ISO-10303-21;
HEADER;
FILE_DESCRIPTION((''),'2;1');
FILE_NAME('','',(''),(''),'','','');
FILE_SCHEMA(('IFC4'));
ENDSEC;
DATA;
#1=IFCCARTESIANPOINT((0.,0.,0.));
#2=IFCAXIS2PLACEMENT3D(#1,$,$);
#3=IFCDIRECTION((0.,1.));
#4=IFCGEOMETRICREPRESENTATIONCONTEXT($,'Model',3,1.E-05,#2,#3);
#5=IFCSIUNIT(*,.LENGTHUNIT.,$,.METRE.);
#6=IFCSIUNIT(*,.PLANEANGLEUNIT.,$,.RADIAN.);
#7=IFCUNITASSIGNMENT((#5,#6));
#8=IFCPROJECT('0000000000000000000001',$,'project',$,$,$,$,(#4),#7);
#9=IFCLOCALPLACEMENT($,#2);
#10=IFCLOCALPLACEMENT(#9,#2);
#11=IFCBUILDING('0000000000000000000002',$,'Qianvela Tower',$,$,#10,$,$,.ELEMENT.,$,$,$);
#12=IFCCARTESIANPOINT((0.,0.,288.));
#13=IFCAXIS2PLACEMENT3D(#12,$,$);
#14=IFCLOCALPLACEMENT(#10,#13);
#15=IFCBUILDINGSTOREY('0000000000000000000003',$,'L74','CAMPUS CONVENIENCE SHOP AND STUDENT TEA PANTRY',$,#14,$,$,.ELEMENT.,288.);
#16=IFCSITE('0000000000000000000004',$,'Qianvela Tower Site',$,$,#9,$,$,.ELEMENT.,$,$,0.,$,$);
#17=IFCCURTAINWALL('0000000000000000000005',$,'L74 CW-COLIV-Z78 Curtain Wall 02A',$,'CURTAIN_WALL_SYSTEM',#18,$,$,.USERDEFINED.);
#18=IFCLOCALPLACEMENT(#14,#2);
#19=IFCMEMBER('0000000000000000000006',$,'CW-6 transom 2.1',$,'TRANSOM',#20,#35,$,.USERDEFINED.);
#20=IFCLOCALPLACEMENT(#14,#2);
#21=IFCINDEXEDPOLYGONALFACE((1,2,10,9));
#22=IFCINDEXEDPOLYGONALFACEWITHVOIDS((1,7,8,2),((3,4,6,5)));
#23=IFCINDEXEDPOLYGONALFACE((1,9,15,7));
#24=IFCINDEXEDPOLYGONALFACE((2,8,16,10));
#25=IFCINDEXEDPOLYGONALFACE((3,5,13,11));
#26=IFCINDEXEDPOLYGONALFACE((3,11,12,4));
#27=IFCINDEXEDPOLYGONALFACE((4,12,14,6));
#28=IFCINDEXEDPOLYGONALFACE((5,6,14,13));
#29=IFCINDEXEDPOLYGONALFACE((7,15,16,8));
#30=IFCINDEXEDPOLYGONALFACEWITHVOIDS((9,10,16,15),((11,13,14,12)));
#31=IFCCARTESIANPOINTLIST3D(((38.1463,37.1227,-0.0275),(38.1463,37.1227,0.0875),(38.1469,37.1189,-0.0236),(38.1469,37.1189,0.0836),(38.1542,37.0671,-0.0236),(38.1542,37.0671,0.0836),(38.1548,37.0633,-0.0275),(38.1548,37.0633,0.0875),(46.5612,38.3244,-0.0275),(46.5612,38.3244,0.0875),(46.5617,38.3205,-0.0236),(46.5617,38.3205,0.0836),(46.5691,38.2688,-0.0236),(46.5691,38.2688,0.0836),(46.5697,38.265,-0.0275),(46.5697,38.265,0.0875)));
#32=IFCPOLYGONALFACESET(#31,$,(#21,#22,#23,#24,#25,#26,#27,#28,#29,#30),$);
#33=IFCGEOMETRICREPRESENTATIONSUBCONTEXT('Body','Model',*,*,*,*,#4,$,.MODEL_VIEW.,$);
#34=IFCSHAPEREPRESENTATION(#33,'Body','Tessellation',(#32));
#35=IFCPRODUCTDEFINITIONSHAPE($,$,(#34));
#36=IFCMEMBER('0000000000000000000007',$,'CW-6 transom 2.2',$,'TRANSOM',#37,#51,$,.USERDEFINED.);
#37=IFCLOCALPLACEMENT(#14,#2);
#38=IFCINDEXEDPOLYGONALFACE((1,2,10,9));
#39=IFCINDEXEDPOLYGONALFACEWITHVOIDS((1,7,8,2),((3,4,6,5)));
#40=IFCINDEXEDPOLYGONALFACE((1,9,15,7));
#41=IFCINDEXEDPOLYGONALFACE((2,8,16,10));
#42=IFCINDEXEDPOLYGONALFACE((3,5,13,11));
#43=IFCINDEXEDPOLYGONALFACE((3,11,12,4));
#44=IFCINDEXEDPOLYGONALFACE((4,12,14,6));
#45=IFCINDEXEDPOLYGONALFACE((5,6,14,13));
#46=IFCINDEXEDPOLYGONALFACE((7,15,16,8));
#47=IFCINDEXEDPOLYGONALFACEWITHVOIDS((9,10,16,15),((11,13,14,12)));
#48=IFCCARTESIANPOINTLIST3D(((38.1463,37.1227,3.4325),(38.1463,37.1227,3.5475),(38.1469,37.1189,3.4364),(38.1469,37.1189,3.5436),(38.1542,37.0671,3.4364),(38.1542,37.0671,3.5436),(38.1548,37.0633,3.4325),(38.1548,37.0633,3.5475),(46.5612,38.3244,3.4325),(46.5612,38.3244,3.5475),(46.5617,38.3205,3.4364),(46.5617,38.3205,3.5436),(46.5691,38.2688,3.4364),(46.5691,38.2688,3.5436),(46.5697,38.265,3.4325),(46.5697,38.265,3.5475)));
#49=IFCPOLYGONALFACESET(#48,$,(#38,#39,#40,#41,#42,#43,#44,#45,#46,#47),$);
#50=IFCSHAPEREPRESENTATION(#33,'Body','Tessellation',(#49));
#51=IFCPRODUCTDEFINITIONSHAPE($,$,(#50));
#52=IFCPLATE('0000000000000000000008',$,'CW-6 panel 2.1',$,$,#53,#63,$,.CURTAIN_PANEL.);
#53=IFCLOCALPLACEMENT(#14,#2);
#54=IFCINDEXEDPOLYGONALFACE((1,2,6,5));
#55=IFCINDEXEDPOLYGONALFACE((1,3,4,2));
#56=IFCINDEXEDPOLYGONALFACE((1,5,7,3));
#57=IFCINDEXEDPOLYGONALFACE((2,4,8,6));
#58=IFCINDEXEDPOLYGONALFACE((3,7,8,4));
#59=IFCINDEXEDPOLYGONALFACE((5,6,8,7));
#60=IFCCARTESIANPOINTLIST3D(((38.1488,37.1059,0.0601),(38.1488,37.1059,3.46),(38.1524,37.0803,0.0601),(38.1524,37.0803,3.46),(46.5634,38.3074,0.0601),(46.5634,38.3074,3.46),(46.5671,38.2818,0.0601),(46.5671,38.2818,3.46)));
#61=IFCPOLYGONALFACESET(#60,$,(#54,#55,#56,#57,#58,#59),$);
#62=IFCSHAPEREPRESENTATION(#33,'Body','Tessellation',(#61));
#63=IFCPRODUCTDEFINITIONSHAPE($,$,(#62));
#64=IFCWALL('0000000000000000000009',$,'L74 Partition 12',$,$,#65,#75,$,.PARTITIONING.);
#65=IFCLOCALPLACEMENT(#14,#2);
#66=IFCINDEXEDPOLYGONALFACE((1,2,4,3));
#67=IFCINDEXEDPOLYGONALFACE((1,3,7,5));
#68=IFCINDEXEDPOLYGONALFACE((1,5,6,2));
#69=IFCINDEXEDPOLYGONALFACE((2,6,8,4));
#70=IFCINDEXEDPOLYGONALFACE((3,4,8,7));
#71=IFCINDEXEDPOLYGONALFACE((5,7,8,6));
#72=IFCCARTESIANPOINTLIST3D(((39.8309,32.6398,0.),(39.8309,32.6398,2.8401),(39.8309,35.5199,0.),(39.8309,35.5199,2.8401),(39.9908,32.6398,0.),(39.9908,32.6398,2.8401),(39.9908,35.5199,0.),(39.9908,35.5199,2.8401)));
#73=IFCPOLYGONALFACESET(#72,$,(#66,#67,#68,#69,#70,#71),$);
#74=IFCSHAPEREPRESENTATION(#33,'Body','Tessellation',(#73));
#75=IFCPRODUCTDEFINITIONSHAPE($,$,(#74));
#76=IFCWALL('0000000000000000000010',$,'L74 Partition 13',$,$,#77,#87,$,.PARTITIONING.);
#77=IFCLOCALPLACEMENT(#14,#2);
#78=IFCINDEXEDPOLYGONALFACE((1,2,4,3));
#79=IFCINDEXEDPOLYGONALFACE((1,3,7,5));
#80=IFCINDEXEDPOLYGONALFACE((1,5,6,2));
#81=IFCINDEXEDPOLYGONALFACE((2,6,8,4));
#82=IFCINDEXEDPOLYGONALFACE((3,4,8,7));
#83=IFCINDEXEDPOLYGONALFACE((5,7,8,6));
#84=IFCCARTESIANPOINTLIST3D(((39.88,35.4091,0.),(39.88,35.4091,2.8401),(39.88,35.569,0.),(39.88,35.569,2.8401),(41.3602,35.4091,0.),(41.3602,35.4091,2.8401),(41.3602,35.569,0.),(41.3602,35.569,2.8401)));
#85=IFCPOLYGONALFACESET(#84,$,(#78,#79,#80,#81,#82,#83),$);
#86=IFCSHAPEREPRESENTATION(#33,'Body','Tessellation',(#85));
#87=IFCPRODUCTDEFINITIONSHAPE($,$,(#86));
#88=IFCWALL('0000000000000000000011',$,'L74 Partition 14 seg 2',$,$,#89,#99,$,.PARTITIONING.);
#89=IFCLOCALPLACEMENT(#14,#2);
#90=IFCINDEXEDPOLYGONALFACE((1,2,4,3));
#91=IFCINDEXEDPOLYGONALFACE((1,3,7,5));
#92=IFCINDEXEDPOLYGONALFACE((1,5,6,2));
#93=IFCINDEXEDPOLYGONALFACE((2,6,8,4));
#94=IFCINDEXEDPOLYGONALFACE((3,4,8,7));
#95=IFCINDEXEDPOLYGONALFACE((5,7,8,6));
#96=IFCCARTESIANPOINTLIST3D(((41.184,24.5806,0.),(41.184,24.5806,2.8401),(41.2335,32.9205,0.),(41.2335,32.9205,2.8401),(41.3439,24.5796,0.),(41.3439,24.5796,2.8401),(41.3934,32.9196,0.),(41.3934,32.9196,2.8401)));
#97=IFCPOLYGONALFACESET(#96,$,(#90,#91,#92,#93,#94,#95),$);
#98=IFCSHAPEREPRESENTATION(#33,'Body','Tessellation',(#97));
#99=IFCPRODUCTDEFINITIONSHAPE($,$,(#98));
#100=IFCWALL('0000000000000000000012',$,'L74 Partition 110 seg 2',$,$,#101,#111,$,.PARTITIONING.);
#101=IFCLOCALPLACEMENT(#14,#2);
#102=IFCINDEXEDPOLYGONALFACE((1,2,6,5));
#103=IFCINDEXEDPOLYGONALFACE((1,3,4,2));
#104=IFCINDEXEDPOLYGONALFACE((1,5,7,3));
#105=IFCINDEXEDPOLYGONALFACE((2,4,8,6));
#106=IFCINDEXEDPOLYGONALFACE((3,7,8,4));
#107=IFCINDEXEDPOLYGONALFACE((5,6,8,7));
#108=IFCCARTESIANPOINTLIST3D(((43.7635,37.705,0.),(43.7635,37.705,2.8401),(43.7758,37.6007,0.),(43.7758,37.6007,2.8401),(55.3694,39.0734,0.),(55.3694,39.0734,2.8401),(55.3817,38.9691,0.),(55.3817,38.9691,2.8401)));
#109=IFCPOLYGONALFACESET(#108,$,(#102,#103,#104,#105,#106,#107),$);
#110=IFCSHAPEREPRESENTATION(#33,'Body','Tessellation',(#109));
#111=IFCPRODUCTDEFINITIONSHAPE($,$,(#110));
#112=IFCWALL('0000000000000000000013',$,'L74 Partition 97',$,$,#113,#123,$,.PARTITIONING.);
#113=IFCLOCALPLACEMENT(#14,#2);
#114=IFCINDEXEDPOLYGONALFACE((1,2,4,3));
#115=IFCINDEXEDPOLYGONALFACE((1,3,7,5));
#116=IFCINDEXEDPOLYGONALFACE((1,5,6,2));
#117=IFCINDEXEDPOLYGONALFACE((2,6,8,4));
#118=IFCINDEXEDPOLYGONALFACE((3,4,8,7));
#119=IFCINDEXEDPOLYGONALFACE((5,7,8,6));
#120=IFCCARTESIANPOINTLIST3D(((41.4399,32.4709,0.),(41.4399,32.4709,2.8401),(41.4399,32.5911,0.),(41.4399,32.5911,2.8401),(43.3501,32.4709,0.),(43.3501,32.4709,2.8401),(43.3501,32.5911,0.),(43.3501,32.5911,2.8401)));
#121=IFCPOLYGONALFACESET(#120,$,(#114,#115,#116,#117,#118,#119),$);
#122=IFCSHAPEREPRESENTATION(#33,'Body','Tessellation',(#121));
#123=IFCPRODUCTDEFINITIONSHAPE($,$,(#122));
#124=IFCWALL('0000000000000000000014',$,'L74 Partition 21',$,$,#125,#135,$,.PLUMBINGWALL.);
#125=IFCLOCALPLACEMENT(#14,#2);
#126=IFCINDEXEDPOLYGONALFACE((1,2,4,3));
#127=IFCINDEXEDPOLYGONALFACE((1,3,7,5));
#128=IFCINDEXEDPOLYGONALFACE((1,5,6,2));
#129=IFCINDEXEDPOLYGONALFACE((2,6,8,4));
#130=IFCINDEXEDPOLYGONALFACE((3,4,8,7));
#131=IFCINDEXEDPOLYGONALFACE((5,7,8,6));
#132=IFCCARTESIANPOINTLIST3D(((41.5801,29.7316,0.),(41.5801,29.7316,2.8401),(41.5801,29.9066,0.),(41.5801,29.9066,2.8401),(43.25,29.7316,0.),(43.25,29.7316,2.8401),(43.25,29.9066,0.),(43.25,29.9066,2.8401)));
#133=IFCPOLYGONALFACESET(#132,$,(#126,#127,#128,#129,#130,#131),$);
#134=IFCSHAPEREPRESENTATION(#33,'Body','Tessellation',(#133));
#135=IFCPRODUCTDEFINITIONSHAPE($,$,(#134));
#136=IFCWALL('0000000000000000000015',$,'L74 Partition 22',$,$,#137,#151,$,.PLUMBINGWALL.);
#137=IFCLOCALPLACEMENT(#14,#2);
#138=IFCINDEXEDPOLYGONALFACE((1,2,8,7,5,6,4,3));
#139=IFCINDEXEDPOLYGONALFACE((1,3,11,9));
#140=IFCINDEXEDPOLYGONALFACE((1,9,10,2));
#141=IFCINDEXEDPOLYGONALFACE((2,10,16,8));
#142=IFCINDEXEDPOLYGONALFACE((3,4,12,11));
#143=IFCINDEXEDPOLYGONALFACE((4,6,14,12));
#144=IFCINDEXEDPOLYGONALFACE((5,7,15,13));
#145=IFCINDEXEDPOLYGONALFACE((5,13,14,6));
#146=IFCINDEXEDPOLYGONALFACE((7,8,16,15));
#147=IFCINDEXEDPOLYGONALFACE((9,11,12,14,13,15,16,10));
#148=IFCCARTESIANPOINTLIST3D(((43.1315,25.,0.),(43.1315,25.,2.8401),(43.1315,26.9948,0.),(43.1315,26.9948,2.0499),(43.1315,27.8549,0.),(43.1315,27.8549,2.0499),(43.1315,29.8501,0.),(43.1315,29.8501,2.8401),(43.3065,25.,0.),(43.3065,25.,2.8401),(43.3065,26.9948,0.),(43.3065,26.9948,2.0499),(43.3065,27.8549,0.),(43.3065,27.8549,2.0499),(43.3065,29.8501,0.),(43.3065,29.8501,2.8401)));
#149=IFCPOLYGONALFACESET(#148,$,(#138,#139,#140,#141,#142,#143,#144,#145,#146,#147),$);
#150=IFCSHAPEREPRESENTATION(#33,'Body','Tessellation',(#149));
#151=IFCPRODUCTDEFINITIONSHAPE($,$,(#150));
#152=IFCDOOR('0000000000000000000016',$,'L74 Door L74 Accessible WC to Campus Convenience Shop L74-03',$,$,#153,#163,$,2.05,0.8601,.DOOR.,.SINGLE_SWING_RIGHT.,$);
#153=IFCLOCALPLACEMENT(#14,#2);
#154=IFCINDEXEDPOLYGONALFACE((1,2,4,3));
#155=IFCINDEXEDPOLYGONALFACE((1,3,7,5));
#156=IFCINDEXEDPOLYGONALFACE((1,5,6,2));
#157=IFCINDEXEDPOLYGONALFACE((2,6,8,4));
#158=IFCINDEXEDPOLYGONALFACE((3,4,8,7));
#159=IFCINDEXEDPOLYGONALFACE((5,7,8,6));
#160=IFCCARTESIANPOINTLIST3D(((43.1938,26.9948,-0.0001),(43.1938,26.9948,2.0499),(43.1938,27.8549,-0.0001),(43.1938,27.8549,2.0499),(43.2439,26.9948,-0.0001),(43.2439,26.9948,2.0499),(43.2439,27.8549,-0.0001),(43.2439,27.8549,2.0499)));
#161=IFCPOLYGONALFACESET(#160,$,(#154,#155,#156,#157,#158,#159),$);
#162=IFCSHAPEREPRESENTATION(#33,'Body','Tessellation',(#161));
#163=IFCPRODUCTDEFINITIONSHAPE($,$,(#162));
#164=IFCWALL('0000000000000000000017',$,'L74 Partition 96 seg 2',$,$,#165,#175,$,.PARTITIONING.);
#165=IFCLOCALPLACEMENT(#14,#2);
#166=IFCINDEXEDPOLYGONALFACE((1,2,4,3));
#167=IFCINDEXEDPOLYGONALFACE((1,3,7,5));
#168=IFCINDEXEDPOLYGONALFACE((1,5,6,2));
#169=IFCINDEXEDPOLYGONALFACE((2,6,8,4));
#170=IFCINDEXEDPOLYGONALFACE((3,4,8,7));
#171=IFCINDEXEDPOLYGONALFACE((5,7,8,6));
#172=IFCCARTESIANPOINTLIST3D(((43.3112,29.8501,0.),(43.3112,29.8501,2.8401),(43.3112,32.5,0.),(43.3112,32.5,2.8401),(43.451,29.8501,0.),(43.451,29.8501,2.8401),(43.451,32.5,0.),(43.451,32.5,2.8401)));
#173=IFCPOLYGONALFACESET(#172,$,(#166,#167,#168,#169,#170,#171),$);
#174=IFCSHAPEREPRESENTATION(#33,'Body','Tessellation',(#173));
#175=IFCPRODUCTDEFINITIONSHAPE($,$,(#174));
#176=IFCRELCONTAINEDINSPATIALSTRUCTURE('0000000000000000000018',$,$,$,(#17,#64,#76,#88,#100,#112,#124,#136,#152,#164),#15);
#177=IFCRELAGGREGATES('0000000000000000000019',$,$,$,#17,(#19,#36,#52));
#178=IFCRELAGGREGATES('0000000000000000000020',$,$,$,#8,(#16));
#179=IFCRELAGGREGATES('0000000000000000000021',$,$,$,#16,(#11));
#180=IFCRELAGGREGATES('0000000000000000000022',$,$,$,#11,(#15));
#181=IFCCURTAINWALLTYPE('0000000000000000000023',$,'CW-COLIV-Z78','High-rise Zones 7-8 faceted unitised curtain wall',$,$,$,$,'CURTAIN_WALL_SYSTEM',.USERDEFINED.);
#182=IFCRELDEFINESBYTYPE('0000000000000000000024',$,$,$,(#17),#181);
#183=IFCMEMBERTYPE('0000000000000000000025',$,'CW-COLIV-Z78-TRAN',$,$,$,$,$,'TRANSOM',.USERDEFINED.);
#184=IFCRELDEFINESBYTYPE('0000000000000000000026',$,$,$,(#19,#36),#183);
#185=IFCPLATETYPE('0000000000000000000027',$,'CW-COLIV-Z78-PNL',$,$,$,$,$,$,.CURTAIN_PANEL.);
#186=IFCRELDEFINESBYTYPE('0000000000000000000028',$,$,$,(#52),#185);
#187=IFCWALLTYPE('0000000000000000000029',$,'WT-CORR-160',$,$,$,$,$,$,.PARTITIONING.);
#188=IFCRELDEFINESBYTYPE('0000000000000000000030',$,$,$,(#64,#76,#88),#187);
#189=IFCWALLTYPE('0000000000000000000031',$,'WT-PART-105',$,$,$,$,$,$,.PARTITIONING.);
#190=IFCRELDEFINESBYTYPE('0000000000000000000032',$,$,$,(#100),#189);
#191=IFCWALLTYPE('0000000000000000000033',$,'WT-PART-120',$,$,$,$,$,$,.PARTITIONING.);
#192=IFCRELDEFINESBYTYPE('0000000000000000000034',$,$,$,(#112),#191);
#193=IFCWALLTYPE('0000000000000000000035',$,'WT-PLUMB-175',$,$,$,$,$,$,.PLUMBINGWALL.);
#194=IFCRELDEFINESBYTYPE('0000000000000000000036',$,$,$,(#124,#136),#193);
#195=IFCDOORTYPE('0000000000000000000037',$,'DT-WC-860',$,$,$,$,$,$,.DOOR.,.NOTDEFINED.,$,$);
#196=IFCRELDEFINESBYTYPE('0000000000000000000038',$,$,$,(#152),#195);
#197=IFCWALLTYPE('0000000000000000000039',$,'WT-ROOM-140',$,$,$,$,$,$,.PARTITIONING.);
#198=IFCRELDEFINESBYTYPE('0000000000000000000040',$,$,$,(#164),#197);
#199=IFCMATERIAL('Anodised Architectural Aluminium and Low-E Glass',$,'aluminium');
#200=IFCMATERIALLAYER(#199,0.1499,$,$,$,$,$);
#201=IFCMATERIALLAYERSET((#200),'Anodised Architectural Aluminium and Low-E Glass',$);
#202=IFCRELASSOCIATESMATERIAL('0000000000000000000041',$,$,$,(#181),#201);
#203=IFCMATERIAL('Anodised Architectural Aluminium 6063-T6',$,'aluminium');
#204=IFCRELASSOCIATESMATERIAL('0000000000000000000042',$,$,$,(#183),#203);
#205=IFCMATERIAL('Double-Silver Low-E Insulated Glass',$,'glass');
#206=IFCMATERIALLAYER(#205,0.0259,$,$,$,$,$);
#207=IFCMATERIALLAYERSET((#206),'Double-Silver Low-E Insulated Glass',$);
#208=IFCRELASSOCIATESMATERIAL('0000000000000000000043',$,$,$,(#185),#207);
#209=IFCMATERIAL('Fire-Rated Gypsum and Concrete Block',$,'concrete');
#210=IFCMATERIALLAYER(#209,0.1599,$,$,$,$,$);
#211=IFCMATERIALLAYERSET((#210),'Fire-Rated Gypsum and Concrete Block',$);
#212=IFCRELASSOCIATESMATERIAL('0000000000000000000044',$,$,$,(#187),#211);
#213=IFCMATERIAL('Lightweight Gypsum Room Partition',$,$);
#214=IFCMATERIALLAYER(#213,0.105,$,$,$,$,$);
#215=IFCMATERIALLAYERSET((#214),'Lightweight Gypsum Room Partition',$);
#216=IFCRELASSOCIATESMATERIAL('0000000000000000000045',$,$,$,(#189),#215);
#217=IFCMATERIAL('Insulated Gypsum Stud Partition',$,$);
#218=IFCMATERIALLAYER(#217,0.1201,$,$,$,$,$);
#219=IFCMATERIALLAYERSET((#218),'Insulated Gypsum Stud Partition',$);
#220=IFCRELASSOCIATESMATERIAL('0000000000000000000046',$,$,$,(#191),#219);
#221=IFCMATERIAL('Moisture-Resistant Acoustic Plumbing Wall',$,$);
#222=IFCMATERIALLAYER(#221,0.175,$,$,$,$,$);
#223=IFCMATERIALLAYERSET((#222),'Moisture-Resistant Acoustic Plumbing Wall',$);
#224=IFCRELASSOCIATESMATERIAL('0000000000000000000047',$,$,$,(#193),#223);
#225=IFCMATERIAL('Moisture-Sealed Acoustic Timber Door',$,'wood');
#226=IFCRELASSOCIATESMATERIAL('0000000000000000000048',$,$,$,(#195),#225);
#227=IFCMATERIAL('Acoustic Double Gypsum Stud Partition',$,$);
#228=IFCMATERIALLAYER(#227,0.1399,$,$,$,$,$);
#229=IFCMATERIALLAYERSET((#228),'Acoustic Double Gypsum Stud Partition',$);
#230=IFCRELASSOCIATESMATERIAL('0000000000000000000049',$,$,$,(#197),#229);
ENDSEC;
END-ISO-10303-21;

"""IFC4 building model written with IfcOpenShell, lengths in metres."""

from ifc_helpers import new_model, si_unit, direction, frame, frame_2d, origin, origin_2d, place, context, subcontext, project, spatial, rectangle, hollow_rectangle, extrude, material, layer, layer_set, material_profile, profile_set, type_object, element, fill, aggregate, save


model = new_model("IFC4")

# Units and contexts
model_context = context("Model", 3, precision=1e-05, world=origin(), true_north=direction((0.0, 1.0)))
body_context = subcontext(model_context, "Body", "Model", "MODEL_VIEW")
ifc_project = project(units=[si_unit("LENGTHUNIT", "METRE"), si_unit("PLANEANGLEUNIT", "RADIAN")], contexts=[model_context])

# Site, building, storey
site_placement = place(None, origin())
site = spatial("IfcSite", under=ifc_project, at=site_placement, Name="Qianvela Tower Site", CompositionType="ELEMENT", RefElevation=0.0)
building_placement = place(site_placement, origin())
building = spatial("IfcBuilding", under=site, at=building_placement, Name="Qianvela Tower", CompositionType="ELEMENT")
storey_placement = place(building_placement, frame((0.0, 0.0, 288.0)))
storey = spatial("IfcBuildingStorey", under=building, at=storey_placement, Name="L74", Description="CAMPUS CONVENIENCE SHOP AND STUDENT TEA PANTRY", CompositionType="ELEMENT", Elevation=288.0)

# Curtain wall, members, plate
ifc_material_1 = material(Name="Anodised Architectural Aluminium and Low-E Glass", Category="aluminium")
ifc_layer_1 = layer(ifc_material_1, 0.1499)
ifc_layer_set_1 = layer_set([ifc_layer_1], Name="Anodised Architectural Aluminium and Low-E Glass")
curtain_wall_type = type_object("IfcCurtainWallType", Name="CW-COLIV-Z78", Description="High-rise Zones 7-8 faceted unitised curtain wall", ElementType="CURTAIN_WALL_SYSTEM", PredefinedType="USERDEFINED", material=ifc_layer_set_1)
curtain_wall_placement = place(storey_placement, origin())
curtain_wall = element("IfcCurtainWall", 1, at=curtain_wall_placement, inside=storey, type_object=curtain_wall_type, Name="L74 CW-COLIV-Z78 Curtain Wall 02A", ObjectType="CURTAIN_WALL_SYSTEM", PredefinedType="USERDEFINED")
ifc_material_2 = material(Name="Anodised Architectural Aluminium 6063-T6", Category="aluminium")
ifc_material_profile = material_profile(ifc_material_2, hollow_rectangle(XDim=0.0601, YDim=0.115, WallThickness=0.0039, at=origin_2d()), Name="ALU-TRAN-60x115")
ifc_profile_set = profile_set([ifc_material_profile], Name="Anodised Architectural Aluminium 6063-T6")
member_type = type_object("IfcMemberType", Name="CW-COLIV-Z78-TRAN", ElementType="TRANSOM", PredefinedType="USERDEFINED", material=ifc_profile_set)
member_1_placement = place(storey_placement, frame((46.5654, 38.2947, 0.03), z_axis=(-0.989957, -0.141369, 0.0), x_axis=(0.141369, -0.989957, 0.0)))
member_1 = element("IfcMember", 2, at=member_1_placement, type_object=member_type, Name="CW-6 transom 2.1", ObjectType="TRANSOM", PredefinedType="USERDEFINED", context=body_context, shape_type="SweptSolid", body=[
    extrude(hollow_rectangle(XDim=0.0601, YDim=0.115, WallThickness=0.0039, at=origin_2d()), origin(), (0.0, 0.0, 1.0), 8.5002),
])
member_2_placement = place(storey_placement, frame((46.5654, 38.2947, 3.49), z_axis=(-0.989957, -0.141369, 0.0), x_axis=(0.141369, -0.989957, 0.0)))
member_2 = element("IfcMember", 3, at=member_2_placement, type_object=member_type, Name="CW-6 transom 2.2", ObjectType="TRANSOM", PredefinedType="USERDEFINED", context=body_context, shape_type="SweptSolid", body=[
    extrude(hollow_rectangle(XDim=0.0601, YDim=0.115, WallThickness=0.0039, at=origin_2d()), origin(), (0.0, 0.0, 1.0), 8.5002),
])
ifc_material_3 = material(Name="Double-Silver Low-E Insulated Glass", Category="glass")
ifc_layer_2 = layer(ifc_material_3, 0.0259)
ifc_layer_set_2 = layer_set([ifc_layer_2], Name="Double-Silver Low-E Insulated Glass")
plate_type = type_object("IfcPlateType", Name="CW-COLIV-Z78-PNL", PredefinedType="CURTAIN_PANEL", material=ifc_layer_set_2)
plate_placement = place(storey_placement, frame((42.3579, 37.6938, 0.0601), z_axis=(0.0, 0.0, 1.0), x_axis=(-0.989958, -0.141362, 0.0)))
plate = element("IfcPlate", 4, at=plate_placement, type_object=plate_type, Name="CW-6 panel 2.1", PredefinedType="CURTAIN_PANEL", context=body_context, shape_type="SweptSolid", body=[
    extrude(rectangle(XDim=8.5, YDim=0.0259, at=origin_2d()), origin(), (0.0, 0.0, 1.0), 3.3999),
])
aggregate(curtain_wall, [member_1, member_2, plate])

# Walls
ifc_material_4 = material(Name="Fire-Rated Gypsum and Concrete Block", Category="concrete")
ifc_layer_3 = layer(ifc_material_4, 0.1599)
ifc_layer_set_3 = layer_set([ifc_layer_3], Name="Fire-Rated Gypsum and Concrete Block")
wall_type_1 = type_object("IfcWallType", Name="WT-CORR-160", PredefinedType="PARTITIONING", material=ifc_layer_set_3)
wall_1_placement = place(storey_placement, frame((39.9109, 32.6399, 0.0), z_axis=(0.0, 0.0, 1.0), x_axis=(0.0, 1.0, 0.0)))
element("IfcWall", 5, at=wall_1_placement, inside=storey, type_object=wall_type_1, Name="L74 Partition 12", PredefinedType="PARTITIONING", context=body_context, shape_type="SweptSolid", body=[
    extrude(rectangle(XDim=2.8801, YDim=0.1599, at=frame_2d((1.4399, 0.0))), origin(), (0.0, 0.0, 1.0), 2.8401),
])
wall_2_placement = place(storey_placement, frame((39.8799, 35.489, 0.0), z_axis=(0.0, 0.0, 1.0), x_axis=(1.0, 0.0, 0.0)))
element("IfcWall", 6, at=wall_2_placement, inside=storey, type_object=wall_type_1, Name="L74 Partition 13", PredefinedType="PARTITIONING", context=body_context, shape_type="SweptSolid", body=[
    extrude(rectangle(XDim=1.4802, YDim=0.1599, at=frame_2d((0.7402, 0.0))), origin(), (0.0, 0.0, 1.0), 2.8401),
])
wall_3_placement = place(storey_placement, frame((41.3135, 32.9199, 0.0), z_axis=(0.0, 0.0, 1.0), x_axis=(-0.005943, -0.999982, 0.0)))
element("IfcWall", 7, at=wall_3_placement, inside=storey, type_object=wall_type_1, Name="L74 Partition 14 seg 2", PredefinedType="PARTITIONING", context=body_context, shape_type="SweptSolid", body=[
    extrude(rectangle(XDim=8.3401, YDim=0.1599, at=frame_2d((4.1699, 0.0))), origin(), (0.0, 0.0, 1.0), 2.8401),
])
ifc_material_5 = material(Name="Lightweight Gypsum Room Partition")
ifc_layer_4 = layer(ifc_material_5, 0.105)
ifc_layer_set_4 = layer_set([ifc_layer_4], Name="Lightweight Gypsum Room Partition")
wall_type_2 = type_object("IfcWallType", Name="WT-PART-105", PredefinedType="PARTITIONING", material=ifc_layer_set_4)
wall_4_placement = place(storey_placement, frame((43.7695, 37.6528, 0.0), z_axis=(0.0, 0.0, 1.0), x_axis=(0.993121, 0.117095, 0.0)))
element("IfcWall", 8, at=wall_4_placement, inside=storey, type_object=wall_type_2, Name="L74 Partition 110 seg 2", PredefinedType="PARTITIONING", context=body_context, shape_type="SweptSolid", body=[
    extrude(rectangle(XDim=11.6863, YDim=0.105, at=frame_2d((5.8433, 0.0))), origin(), (0.0, 0.0, 1.0), 2.8401),
])
ifc_material_6 = material(Name="Insulated Gypsum Stud Partition")
ifc_layer_5 = layer(ifc_material_6, 0.1201)
ifc_layer_set_5 = layer_set([ifc_layer_5], Name="Insulated Gypsum Stud Partition")
wall_type_3 = type_object("IfcWallType", Name="WT-PART-120", PredefinedType="PARTITIONING", material=ifc_layer_set_5)
wall_5_placement = place(storey_placement, frame((43.3501, 32.531, 0.0), z_axis=(0.0, 0.0, 1.0), x_axis=(-1.0, 0.0, 0.0)))
element("IfcWall", 9, at=wall_5_placement, inside=storey, type_object=wall_type_3, Name="L74 Partition 97", PredefinedType="PARTITIONING", context=body_context, shape_type="SweptSolid", body=[
    extrude(rectangle(XDim=1.9102, YDim=0.1201, at=frame_2d((0.9551, 0.0))), origin(), (0.0, 0.0, 1.0), 2.8401),
])
ifc_material_7 = material(Name="Moisture-Resistant Acoustic Plumbing Wall")
ifc_layer_6 = layer(ifc_material_7, 0.175)
ifc_layer_set_6 = layer_set([ifc_layer_6], Name="Moisture-Resistant Acoustic Plumbing Wall")
wall_type_4 = type_object("IfcWallType", Name="WT-PLUMB-175", PredefinedType="PLUMBINGWALL", material=ifc_layer_set_6)
wall_6_placement = place(storey_placement, frame((41.5801, 29.8191, 0.0), z_axis=(0.0, 0.0, 1.0), x_axis=(1.0, 0.0, 0.0)))
element("IfcWall", 10, at=wall_6_placement, inside=storey, type_object=wall_type_4, Name="L74 Partition 21", PredefinedType="PLUMBINGWALL", context=body_context, shape_type="SweptSolid", body=[
    extrude(rectangle(XDim=1.6699, YDim=0.175, at=frame_2d((0.835, 0.0))), origin(), (0.0, 0.0, 1.0), 2.8401),
])

# Wall, opening, door
wall_7_placement = place(storey_placement, frame((43.219, 29.8501, 0.0), z_axis=(0.0, 0.0, 1.0), x_axis=(0.0, -1.0, 0.0)))
wall_7 = element("IfcWall", 11, at=wall_7_placement, inside=storey, type_object=wall_type_4, Name="L74 Partition 22", PredefinedType="PLUMBINGWALL", context=body_context, shape_type="SweptSolid", body=[
    extrude(rectangle(XDim=4.8501, YDim=0.175, at=frame_2d((2.425, 0.0))), origin(), (0.0, 0.0, 1.0), 2.8401),
])
opening_1_placement = place(wall_7_placement, frame((1.9951, 0.0, 0.0)))
opening_1 = element("IfcOpeningElement", 12, at=opening_1_placement, cuts=wall_7, PredefinedType="OPENING", context=body_context, shape_type="SweptSolid", body=[
    extrude(rectangle(XDim=0.8601, YDim=2.05, at=frame_2d((0.4302, 1.0249))), frame((0.0, 0.0974, 0.0), z_axis=(0.0, -1.0, 0.0), x_axis=(1.0, 0.0, 0.0)), (0.0, 0.0, 1.0), 0.1951),
])
ifc_material_8 = material(Name="Moisture-Sealed Acoustic Timber Door", Category="wood")
door_type_1 = type_object("IfcDoorType", Name="DT-WC-860", OperationType="NOTDEFINED", PredefinedType="DOOR", material=ifc_material_8)
door_1_placement = place(opening_1_placement, origin())
door_1 = element("IfcDoor", 13, at=door_1_placement, inside=storey, type_object=door_type_1, Name="L74 Door L74 Accessible WC to Campus Convenience Shop L74-03", OperationType="SINGLE_SWING_RIGHT", OverallHeight=2.05, OverallWidth=0.8601, PredefinedType="DOOR", context=body_context, shape_type="SweptSolid", body=[
    extrude(rectangle(XDim=0.8601, YDim=2.05, at=frame_2d((0.4302, 1.0249))), frame((0.0, 0.0249, 0.0), z_axis=(0.0, -1.0, 0.0), x_axis=(1.0, 0.0, 0.0)), (0.0, 0.0, 1.0), 0.05),
])
fill(opening_1, door_1)

# Wall
ifc_material_9 = material(Name="Acoustic Double Gypsum Stud Partition")
ifc_layer_7 = layer(ifc_material_9, 0.1399)
ifc_layer_set_7 = layer_set([ifc_layer_7], Name="Acoustic Double Gypsum Stud Partition")
wall_type_5 = type_object("IfcWallType", Name="WT-ROOM-140", PredefinedType="PARTITIONING", material=ifc_layer_set_7)
wall_8_placement = place(storey_placement, frame((43.3811, 29.8501, 0.0), z_axis=(0.0, 0.0, 1.0), x_axis=(0.0, 1.0, 0.0)))
element("IfcWall", 14, at=wall_8_placement, inside=storey, type_object=wall_type_5, Name="L74 Partition 96 seg 2", PredefinedType="PARTITIONING", context=body_context, shape_type="SweptSolid", body=[
    extrude(rectangle(XDim=2.6499, YDim=0.1399, at=frame_2d((1.325, 0.0))), origin(), (0.0, 0.0, 1.0), 2.8401),
])

save(model, "model.ifc")
